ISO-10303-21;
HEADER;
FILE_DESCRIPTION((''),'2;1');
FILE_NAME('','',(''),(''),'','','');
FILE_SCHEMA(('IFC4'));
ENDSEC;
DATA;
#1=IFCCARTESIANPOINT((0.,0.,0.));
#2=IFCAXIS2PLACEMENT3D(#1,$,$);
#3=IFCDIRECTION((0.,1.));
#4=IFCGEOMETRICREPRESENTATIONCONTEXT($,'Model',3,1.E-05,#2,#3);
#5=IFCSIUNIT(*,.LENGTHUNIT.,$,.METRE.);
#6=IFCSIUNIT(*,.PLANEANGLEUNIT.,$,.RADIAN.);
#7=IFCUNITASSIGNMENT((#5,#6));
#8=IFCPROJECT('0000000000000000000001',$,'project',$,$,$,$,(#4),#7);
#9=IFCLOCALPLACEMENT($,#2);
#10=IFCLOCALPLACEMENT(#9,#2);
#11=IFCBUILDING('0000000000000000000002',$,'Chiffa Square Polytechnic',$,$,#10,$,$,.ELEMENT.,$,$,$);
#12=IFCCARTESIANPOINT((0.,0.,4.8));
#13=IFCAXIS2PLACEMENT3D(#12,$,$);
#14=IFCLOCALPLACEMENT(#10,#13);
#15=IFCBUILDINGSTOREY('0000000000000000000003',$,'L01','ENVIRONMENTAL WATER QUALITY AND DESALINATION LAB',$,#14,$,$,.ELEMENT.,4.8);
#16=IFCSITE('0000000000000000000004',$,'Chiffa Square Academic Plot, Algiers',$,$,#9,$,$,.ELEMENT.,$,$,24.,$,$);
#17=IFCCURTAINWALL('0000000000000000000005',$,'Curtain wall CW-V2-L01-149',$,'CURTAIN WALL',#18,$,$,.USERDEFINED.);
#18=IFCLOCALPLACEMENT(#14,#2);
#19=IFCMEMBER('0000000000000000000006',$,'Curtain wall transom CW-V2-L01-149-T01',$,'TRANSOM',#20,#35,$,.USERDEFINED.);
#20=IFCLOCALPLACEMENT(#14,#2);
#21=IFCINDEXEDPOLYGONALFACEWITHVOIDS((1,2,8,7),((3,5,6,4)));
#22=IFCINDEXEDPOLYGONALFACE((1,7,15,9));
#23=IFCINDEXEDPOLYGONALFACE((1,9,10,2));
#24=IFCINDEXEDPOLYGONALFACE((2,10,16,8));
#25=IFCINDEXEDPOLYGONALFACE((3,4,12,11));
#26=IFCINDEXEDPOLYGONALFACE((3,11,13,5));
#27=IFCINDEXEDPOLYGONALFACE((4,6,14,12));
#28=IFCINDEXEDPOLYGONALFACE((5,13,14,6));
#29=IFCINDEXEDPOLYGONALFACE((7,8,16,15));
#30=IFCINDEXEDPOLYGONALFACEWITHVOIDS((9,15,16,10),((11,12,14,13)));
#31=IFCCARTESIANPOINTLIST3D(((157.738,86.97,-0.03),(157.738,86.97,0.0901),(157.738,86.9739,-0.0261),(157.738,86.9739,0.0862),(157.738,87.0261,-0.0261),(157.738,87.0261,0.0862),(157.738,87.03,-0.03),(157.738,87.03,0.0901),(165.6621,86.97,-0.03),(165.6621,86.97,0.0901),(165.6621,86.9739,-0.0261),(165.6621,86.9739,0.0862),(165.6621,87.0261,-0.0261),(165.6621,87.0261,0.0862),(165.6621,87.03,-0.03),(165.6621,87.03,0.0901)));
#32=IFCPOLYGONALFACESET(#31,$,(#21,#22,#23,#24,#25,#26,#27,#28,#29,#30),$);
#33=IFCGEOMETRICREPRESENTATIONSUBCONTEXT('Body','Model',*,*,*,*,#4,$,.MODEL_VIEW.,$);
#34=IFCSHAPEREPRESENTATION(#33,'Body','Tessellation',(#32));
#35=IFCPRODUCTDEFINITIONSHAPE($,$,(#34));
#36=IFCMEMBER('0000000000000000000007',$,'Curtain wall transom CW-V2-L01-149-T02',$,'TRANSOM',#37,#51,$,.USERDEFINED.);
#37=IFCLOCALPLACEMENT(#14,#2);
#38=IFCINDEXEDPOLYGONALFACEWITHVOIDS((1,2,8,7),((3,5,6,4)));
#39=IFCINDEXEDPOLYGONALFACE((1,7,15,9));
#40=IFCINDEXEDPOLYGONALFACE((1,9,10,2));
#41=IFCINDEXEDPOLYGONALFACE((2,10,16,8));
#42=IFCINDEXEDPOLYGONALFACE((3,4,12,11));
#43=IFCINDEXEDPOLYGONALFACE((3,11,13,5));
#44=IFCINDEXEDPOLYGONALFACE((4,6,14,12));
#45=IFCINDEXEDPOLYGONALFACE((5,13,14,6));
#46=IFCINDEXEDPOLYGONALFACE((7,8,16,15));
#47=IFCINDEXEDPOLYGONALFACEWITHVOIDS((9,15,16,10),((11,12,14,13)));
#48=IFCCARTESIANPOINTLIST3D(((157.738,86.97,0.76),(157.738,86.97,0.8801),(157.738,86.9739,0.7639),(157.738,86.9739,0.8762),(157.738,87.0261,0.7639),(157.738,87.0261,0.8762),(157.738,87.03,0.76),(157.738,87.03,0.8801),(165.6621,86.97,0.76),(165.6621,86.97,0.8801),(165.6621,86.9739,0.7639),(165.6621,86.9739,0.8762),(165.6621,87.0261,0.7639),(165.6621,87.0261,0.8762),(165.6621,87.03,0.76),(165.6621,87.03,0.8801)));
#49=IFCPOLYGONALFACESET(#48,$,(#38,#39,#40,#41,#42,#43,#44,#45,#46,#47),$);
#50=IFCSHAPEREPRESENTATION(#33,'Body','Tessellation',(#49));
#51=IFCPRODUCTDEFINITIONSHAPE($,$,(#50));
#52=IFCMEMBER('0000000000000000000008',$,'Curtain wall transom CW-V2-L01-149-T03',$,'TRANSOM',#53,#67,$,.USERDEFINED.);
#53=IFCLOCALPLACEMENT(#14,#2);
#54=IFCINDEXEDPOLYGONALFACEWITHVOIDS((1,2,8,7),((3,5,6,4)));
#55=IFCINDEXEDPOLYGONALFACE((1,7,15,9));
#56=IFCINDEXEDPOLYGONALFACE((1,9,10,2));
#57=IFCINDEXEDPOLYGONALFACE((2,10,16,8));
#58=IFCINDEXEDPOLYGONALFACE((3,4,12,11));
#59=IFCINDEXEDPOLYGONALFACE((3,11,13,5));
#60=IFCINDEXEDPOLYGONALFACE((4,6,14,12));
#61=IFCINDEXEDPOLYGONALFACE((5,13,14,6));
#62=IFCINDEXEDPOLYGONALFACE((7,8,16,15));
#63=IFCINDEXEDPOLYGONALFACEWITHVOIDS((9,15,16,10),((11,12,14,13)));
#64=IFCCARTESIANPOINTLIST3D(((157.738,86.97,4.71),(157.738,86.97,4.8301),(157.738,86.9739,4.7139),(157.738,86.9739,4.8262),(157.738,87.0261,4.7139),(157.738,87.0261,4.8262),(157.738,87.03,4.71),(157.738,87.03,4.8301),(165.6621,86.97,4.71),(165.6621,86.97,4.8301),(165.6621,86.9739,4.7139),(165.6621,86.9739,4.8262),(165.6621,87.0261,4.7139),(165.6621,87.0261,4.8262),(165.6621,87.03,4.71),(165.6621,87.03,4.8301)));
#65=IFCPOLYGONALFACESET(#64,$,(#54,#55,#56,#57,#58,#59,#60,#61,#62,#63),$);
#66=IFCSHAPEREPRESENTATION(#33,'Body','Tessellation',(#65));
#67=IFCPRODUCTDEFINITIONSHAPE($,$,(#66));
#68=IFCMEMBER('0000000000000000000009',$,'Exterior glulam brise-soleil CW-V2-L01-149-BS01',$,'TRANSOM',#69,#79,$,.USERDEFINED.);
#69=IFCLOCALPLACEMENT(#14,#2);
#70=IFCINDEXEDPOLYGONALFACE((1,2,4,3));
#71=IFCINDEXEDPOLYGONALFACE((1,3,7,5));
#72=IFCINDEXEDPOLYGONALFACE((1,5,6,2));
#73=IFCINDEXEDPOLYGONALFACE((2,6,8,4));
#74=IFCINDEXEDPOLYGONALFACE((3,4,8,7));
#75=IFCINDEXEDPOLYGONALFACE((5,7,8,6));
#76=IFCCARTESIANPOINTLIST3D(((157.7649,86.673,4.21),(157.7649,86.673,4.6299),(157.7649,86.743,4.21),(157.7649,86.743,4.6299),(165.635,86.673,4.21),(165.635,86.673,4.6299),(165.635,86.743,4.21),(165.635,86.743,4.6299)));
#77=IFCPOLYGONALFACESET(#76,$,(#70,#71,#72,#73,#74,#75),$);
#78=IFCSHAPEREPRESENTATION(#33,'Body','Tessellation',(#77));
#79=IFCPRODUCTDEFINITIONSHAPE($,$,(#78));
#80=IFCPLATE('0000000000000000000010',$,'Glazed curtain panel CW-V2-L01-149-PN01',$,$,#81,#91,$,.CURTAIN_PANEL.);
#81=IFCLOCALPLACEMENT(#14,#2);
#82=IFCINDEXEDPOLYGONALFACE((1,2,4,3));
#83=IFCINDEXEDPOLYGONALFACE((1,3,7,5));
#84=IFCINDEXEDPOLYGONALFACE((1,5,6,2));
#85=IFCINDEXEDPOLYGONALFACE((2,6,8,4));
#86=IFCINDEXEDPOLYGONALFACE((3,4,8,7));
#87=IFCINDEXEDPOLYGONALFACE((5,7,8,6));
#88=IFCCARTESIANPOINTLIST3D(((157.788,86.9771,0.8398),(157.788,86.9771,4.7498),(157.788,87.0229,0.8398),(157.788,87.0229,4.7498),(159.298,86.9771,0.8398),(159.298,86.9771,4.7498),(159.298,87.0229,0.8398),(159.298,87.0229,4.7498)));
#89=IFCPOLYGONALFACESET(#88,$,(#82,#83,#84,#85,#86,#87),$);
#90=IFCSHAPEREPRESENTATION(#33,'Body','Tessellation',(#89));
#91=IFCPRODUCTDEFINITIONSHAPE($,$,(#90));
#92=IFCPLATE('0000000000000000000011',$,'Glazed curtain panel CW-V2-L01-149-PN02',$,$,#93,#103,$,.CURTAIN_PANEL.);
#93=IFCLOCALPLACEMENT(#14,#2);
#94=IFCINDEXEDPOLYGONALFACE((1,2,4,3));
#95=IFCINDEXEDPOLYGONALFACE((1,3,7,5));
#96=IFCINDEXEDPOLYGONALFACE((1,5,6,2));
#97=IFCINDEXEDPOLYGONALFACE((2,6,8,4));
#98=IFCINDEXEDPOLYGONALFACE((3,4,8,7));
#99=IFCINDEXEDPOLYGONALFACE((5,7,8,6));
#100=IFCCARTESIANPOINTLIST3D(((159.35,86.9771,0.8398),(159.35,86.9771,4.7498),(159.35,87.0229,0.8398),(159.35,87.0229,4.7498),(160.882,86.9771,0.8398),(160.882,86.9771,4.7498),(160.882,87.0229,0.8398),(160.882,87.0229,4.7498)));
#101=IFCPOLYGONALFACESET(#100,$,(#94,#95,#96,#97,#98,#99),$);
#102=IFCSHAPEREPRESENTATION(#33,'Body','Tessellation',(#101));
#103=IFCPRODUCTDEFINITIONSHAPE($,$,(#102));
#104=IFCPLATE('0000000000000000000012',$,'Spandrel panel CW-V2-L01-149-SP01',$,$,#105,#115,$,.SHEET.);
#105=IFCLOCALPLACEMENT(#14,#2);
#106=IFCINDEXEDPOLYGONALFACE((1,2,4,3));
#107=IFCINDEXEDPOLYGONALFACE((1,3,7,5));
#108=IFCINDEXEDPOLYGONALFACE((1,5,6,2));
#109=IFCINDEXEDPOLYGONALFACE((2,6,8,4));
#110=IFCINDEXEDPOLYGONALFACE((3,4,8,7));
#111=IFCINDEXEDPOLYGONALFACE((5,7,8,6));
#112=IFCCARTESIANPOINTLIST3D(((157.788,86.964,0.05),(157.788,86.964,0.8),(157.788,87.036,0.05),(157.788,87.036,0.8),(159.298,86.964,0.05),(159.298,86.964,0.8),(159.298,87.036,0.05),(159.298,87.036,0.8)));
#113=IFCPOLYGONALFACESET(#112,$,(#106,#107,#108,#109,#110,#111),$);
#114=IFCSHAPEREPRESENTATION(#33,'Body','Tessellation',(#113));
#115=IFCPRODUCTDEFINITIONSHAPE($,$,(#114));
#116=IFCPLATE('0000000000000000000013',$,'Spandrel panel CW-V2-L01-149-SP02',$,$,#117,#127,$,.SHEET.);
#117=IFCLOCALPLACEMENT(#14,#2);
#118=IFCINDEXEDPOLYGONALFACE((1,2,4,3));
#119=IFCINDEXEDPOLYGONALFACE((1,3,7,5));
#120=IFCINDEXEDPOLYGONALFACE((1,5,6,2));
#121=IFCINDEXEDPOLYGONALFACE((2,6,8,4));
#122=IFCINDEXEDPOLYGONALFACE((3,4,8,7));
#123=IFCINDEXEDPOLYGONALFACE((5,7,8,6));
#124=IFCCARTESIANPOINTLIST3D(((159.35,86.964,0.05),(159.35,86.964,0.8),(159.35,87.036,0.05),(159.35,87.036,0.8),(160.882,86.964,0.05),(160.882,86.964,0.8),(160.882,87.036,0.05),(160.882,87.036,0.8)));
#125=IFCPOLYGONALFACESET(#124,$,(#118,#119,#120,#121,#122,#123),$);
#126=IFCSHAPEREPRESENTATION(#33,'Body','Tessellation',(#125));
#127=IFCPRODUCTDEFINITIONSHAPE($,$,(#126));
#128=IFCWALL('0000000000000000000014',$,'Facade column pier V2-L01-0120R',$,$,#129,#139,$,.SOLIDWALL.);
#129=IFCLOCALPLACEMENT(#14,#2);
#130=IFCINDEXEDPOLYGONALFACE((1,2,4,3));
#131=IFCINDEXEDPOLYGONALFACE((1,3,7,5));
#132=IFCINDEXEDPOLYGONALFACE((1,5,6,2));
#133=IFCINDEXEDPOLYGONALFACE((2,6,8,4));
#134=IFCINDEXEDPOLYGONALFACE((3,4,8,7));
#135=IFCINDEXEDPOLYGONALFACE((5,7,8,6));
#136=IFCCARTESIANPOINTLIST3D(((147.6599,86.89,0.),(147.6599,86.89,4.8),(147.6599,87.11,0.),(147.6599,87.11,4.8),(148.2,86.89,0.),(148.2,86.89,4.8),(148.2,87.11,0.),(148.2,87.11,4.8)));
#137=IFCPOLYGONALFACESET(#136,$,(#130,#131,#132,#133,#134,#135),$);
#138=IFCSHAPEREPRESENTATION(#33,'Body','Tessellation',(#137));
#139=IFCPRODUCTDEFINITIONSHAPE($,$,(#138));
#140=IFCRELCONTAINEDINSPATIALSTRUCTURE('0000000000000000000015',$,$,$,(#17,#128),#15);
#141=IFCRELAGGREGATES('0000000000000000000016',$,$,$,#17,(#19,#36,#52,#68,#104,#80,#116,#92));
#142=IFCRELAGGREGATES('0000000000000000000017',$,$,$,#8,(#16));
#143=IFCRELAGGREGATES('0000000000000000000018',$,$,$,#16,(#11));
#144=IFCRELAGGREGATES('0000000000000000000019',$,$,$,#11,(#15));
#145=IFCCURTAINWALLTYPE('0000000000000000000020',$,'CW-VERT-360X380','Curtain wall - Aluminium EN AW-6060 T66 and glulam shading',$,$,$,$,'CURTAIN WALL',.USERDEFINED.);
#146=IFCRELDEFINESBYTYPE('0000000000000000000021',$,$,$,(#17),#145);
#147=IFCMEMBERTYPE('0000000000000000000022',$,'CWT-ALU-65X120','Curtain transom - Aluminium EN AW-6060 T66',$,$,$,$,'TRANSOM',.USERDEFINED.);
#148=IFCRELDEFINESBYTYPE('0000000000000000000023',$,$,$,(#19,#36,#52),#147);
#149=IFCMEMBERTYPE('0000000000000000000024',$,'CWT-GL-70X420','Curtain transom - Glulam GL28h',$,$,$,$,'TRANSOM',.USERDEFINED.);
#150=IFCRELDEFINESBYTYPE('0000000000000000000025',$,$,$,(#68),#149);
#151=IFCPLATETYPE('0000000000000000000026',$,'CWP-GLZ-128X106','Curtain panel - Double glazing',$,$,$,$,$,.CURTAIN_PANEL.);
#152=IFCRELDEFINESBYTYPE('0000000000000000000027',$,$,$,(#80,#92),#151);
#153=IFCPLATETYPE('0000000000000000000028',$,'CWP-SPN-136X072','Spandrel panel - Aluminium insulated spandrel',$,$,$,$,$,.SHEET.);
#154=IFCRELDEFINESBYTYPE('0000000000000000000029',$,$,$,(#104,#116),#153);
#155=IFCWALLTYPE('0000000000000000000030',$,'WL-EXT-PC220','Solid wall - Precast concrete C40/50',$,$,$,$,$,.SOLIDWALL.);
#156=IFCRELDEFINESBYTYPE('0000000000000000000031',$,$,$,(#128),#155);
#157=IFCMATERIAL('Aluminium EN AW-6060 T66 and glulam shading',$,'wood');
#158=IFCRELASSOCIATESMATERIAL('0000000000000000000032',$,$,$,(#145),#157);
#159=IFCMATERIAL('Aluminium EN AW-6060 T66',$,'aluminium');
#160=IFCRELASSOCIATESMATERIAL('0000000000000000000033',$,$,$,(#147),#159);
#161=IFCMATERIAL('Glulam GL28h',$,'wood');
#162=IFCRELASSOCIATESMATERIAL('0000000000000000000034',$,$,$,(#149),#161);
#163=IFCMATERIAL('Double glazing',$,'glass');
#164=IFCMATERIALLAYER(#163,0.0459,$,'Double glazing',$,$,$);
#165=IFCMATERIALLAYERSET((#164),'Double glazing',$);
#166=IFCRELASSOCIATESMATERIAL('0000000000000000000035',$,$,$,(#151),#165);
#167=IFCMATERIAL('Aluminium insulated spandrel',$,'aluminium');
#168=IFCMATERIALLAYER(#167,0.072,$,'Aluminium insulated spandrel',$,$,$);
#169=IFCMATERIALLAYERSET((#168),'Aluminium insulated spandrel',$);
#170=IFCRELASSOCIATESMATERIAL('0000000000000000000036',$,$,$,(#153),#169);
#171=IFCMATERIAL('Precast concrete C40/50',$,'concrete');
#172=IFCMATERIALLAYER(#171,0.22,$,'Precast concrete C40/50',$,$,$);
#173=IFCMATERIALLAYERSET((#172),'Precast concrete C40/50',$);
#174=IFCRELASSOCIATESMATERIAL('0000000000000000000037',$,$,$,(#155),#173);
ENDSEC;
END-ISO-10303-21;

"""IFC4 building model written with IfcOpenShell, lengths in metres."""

from ifc_helpers import new_model, si_unit, direction, frame, frame_2d, origin, origin_2d, place, context, subcontext, project, spatial, rectangle, hollow_rectangle, extrude, material, layer, layer_set, material_profile, profile_set, type_object, element, aggregate, save


model = new_model("IFC4")

# Units and contexts
model_context = context("Model", 3, precision=1e-05, world=origin(), true_north=direction((0.0, 1.0)))
body_context = subcontext(model_context, "Body", "Model", "MODEL_VIEW")
ifc_project = project(units=[si_unit("LENGTHUNIT", "METRE"), si_unit("PLANEANGLEUNIT", "RADIAN")], contexts=[model_context])

# Site, building, storey
site_placement = place(None, origin())
site = spatial("IfcSite", under=ifc_project, at=site_placement, Name="Chiffa Square Academic Plot, Algiers", CompositionType="ELEMENT", RefElevation=24.0)
building_placement = place(site_placement, origin())
building = spatial("IfcBuilding", under=site, at=building_placement, Name="Chiffa Square Polytechnic", CompositionType="ELEMENT")
storey_placement = place(building_placement, frame((0.0, 0.0, 4.8)))
storey = spatial("IfcBuildingStorey", under=building, at=storey_placement, Name="L01", Description="ENVIRONMENTAL WATER QUALITY AND DESALINATION LAB", CompositionType="ELEMENT", Elevation=4.8)

# Curtain wall, members, plates
ifc_material_1 = material(Name="Aluminium EN AW-6060 T66 and glulam shading", Category="wood")
curtain_wall_type = type_object("IfcCurtainWallType", Name="CW-VERT-360X380", Description="Curtain wall - Aluminium EN AW-6060 T66 and glulam shading", ElementType="CURTAIN WALL", PredefinedType="USERDEFINED", material=ifc_material_1)
curtain_wall_placement = place(storey_placement, origin())
curtain_wall = element("IfcCurtainWall", 1, at=curtain_wall_placement, inside=storey, type_object=curtain_wall_type, Name="Curtain wall CW-V2-L01-149", ObjectType="CURTAIN WALL", PredefinedType="USERDEFINED")
ifc_material_2 = material(Name="Aluminium EN AW-6060 T66", Category="aluminium")
ifc_material_3 = material(Name="Glulam GL28h", Category="wood")
ifc_material_profile_1 = material_profile(ifc_material_2, hollow_rectangle(XDim=0.0601, YDim=0.1201, WallThickness=0.0039, at=origin_2d()), Name="ALU 60x120x4")
ifc_profile_set_1 = profile_set([ifc_material_profile_1], Name="Aluminium EN AW-6060 T66")
member_type_1 = type_object("IfcMemberType", Name="CWT-ALU-65X120", Description="Curtain transom - Aluminium EN AW-6060 T66", ElementType="TRANSOM", PredefinedType="USERDEFINED", material=ifc_profile_set_1)
member_1_placement = place(storey_placement, frame((157.738, 87.0, 0.03), z_axis=(1.0, 0.0, 0.0), x_axis=(0.0, 1.0, 0.0)))
member_1 = element("IfcMember", 2, at=member_1_placement, type_object=member_type_1, Name="Curtain wall transom CW-V2-L01-149-T01", ObjectType="TRANSOM", PredefinedType="USERDEFINED", context=body_context, shape_type="SweptSolid", body=[
    extrude(hollow_rectangle(XDim=0.0601, YDim=0.1201, WallThickness=0.0039, at=origin_2d()), origin(), (0.0, 0.0, 1.0), 7.9241),
])
member_2_placement = place(storey_placement, frame((157.738, 87.0, 0.8201), z_axis=(1.0, 0.0, 0.0), x_axis=(0.0, 1.0, 0.0)))
member_2 = element("IfcMember", 3, at=member_2_placement, type_object=member_type_1, Name="Curtain wall transom CW-V2-L01-149-T02", ObjectType="TRANSOM", PredefinedType="USERDEFINED", context=body_context, shape_type="SweptSolid", body=[
    extrude(hollow_rectangle(XDim=0.0601, YDim=0.1201, WallThickness=0.0039, at=origin_2d()), origin(), (0.0, 0.0, 1.0), 7.9241),
])
member_3_placement = place(storey_placement, frame((157.738, 87.0, 4.77), z_axis=(1.0, 0.0, 0.0), x_axis=(0.0, 1.0, 0.0)))
member_3 = element("IfcMember", 4, at=member_3_placement, type_object=member_type_1, Name="Curtain wall transom CW-V2-L01-149-T03", ObjectType="TRANSOM", PredefinedType="USERDEFINED", context=body_context, shape_type="SweptSolid", body=[
    extrude(hollow_rectangle(XDim=0.0601, YDim=0.1201, WallThickness=0.0039, at=origin_2d()), origin(), (0.0, 0.0, 1.0), 7.9241),
])
ifc_material_profile_2 = material_profile(ifc_material_3, rectangle(XDim=0.0701, YDim=0.4199, at=origin_2d()), Name="GL28h 70x420")
ifc_profile_set_2 = profile_set([ifc_material_profile_2], Name="Glulam GL28h")
member_type_2 = type_object("IfcMemberType", Name="CWT-GL-70X420", Description="Curtain transom - Glulam GL28h", ElementType="TRANSOM", PredefinedType="USERDEFINED", material=ifc_profile_set_2)
member_4_placement = place(storey_placement, frame((157.7649, 86.708, 4.4199), z_axis=(1.0, 0.0, 0.0), x_axis=(0.0, 1.0, 0.0)))
member_4 = element("IfcMember", 5, at=member_4_placement, type_object=member_type_2, Name="Exterior glulam brise-soleil CW-V2-L01-149-BS01", ObjectType="TRANSOM", PredefinedType="USERDEFINED", context=body_context, shape_type="SweptSolid", body=[
    extrude(rectangle(XDim=0.0701, YDim=0.4199, at=origin_2d()), origin(), (0.0, 0.0, 1.0), 7.8701),
])
ifc_material_4 = material(Name="Double glazing", Category="glass")
ifc_layer_1 = layer(ifc_material_4, 0.0459, Name="Double glazing")
ifc_layer_set_1 = layer_set([ifc_layer_1], Name="Double glazing")
plate_type_1 = type_object("IfcPlateType", Name="CWP-GLZ-128X106", Description="Curtain panel - Double glazing", PredefinedType="CURTAIN_PANEL", material=ifc_layer_set_1)
plate_1_placement = place(storey_placement, frame((158.543, 87.0, 0.8398), z_axis=(0.0, 0.0, 1.0), x_axis=(1.0, 0.0, 0.0)))
plate_1 = element("IfcPlate", 6, at=plate_1_placement, type_object=plate_type_1, Name="Glazed curtain panel CW-V2-L01-149-PN01", PredefinedType="CURTAIN_PANEL", context=body_context, shape_type="SweptSolid", body=[
    extrude(rectangle(XDim=1.51, YDim=0.0459, at=origin_2d()), origin(), (0.0, 0.0, 1.0), 3.9099),
])
plate_2_placement = place(storey_placement, frame((160.116, 87.0, 0.8398), z_axis=(0.0, 0.0, 1.0), x_axis=(1.0, 0.0, 0.0)))
plate_2 = element("IfcPlate", 7, at=plate_2_placement, type_object=plate_type_1, Name="Glazed curtain panel CW-V2-L01-149-PN02", PredefinedType="CURTAIN_PANEL", context=body_context, shape_type="SweptSolid", body=[
    extrude(rectangle(XDim=1.532, YDim=0.0459, at=origin_2d()), origin(), (0.0, 0.0, 1.0), 3.9099),
])
ifc_material_5 = material(Name="Aluminium insulated spandrel", Category="aluminium")
ifc_layer_2 = layer(ifc_material_5, 0.072, Name="Aluminium insulated spandrel")
ifc_layer_set_2 = layer_set([ifc_layer_2], Name="Aluminium insulated spandrel")
plate_type_2 = type_object("IfcPlateType", Name="CWP-SPN-136X072", Description="Spandrel panel - Aluminium insulated spandrel", PredefinedType="SHEET", material=ifc_layer_set_2)
plate_3_placement = place(storey_placement, frame((158.543, 87.0, 0.05), z_axis=(0.0, 0.0, 1.0), x_axis=(1.0, 0.0, 0.0)))
plate_3 = element("IfcPlate", 8, at=plate_3_placement, type_object=plate_type_2, Name="Spandrel panel CW-V2-L01-149-SP01", PredefinedType="SHEET", context=body_context, shape_type="SweptSolid", body=[
    extrude(rectangle(XDim=1.51, YDim=0.072, at=origin_2d()), origin(), (0.0, 0.0, 1.0), 0.75),
])
plate_4_placement = place(storey_placement, frame((160.116, 87.0, 0.05), z_axis=(0.0, 0.0, 1.0), x_axis=(1.0, 0.0, 0.0)))
plate_4 = element("IfcPlate", 9, at=plate_4_placement, type_object=plate_type_2, Name="Spandrel panel CW-V2-L01-149-SP02", PredefinedType="SHEET", context=body_context, shape_type="SweptSolid", body=[
    extrude(rectangle(XDim=1.532, YDim=0.072, at=origin_2d()), origin(), (0.0, 0.0, 1.0), 0.75),
])
aggregate(curtain_wall, [member_1, member_2, member_3, member_4, plate_3, plate_1, plate_4, plate_2])

# Wall
ifc_material_6 = material(Name="Precast concrete C40/50", Category="concrete")
ifc_layer_3 = layer(ifc_material_6, 0.22, Name="Precast concrete C40/50")
ifc_layer_set_3 = layer_set([ifc_layer_3], Name="Precast concrete C40/50")
wall_type = type_object("IfcWallType", Name="WL-EXT-PC220", Description="Solid wall - Precast concrete C40/50", PredefinedType="SOLIDWALL", material=ifc_layer_set_3)
wall_1_placement = place(storey_placement, frame((147.6599, 87.0, 0.0), z_axis=(0.0, 0.0, 1.0), x_axis=(1.0, 0.0, 0.0)))
element("IfcWall", 10, at=wall_1_placement, inside=storey, type_object=wall_type, Name="Facade column pier V2-L01-0120R", PredefinedType="SOLIDWALL", context=body_context, shape_type="SweptSolid", body=[
    extrude(rectangle(XDim=0.54, YDim=0.22, at=frame_2d((0.27, 0.0))), origin(), (0.0, 0.0, 1.0), 4.8),
])

save(model, "model.ifc")
